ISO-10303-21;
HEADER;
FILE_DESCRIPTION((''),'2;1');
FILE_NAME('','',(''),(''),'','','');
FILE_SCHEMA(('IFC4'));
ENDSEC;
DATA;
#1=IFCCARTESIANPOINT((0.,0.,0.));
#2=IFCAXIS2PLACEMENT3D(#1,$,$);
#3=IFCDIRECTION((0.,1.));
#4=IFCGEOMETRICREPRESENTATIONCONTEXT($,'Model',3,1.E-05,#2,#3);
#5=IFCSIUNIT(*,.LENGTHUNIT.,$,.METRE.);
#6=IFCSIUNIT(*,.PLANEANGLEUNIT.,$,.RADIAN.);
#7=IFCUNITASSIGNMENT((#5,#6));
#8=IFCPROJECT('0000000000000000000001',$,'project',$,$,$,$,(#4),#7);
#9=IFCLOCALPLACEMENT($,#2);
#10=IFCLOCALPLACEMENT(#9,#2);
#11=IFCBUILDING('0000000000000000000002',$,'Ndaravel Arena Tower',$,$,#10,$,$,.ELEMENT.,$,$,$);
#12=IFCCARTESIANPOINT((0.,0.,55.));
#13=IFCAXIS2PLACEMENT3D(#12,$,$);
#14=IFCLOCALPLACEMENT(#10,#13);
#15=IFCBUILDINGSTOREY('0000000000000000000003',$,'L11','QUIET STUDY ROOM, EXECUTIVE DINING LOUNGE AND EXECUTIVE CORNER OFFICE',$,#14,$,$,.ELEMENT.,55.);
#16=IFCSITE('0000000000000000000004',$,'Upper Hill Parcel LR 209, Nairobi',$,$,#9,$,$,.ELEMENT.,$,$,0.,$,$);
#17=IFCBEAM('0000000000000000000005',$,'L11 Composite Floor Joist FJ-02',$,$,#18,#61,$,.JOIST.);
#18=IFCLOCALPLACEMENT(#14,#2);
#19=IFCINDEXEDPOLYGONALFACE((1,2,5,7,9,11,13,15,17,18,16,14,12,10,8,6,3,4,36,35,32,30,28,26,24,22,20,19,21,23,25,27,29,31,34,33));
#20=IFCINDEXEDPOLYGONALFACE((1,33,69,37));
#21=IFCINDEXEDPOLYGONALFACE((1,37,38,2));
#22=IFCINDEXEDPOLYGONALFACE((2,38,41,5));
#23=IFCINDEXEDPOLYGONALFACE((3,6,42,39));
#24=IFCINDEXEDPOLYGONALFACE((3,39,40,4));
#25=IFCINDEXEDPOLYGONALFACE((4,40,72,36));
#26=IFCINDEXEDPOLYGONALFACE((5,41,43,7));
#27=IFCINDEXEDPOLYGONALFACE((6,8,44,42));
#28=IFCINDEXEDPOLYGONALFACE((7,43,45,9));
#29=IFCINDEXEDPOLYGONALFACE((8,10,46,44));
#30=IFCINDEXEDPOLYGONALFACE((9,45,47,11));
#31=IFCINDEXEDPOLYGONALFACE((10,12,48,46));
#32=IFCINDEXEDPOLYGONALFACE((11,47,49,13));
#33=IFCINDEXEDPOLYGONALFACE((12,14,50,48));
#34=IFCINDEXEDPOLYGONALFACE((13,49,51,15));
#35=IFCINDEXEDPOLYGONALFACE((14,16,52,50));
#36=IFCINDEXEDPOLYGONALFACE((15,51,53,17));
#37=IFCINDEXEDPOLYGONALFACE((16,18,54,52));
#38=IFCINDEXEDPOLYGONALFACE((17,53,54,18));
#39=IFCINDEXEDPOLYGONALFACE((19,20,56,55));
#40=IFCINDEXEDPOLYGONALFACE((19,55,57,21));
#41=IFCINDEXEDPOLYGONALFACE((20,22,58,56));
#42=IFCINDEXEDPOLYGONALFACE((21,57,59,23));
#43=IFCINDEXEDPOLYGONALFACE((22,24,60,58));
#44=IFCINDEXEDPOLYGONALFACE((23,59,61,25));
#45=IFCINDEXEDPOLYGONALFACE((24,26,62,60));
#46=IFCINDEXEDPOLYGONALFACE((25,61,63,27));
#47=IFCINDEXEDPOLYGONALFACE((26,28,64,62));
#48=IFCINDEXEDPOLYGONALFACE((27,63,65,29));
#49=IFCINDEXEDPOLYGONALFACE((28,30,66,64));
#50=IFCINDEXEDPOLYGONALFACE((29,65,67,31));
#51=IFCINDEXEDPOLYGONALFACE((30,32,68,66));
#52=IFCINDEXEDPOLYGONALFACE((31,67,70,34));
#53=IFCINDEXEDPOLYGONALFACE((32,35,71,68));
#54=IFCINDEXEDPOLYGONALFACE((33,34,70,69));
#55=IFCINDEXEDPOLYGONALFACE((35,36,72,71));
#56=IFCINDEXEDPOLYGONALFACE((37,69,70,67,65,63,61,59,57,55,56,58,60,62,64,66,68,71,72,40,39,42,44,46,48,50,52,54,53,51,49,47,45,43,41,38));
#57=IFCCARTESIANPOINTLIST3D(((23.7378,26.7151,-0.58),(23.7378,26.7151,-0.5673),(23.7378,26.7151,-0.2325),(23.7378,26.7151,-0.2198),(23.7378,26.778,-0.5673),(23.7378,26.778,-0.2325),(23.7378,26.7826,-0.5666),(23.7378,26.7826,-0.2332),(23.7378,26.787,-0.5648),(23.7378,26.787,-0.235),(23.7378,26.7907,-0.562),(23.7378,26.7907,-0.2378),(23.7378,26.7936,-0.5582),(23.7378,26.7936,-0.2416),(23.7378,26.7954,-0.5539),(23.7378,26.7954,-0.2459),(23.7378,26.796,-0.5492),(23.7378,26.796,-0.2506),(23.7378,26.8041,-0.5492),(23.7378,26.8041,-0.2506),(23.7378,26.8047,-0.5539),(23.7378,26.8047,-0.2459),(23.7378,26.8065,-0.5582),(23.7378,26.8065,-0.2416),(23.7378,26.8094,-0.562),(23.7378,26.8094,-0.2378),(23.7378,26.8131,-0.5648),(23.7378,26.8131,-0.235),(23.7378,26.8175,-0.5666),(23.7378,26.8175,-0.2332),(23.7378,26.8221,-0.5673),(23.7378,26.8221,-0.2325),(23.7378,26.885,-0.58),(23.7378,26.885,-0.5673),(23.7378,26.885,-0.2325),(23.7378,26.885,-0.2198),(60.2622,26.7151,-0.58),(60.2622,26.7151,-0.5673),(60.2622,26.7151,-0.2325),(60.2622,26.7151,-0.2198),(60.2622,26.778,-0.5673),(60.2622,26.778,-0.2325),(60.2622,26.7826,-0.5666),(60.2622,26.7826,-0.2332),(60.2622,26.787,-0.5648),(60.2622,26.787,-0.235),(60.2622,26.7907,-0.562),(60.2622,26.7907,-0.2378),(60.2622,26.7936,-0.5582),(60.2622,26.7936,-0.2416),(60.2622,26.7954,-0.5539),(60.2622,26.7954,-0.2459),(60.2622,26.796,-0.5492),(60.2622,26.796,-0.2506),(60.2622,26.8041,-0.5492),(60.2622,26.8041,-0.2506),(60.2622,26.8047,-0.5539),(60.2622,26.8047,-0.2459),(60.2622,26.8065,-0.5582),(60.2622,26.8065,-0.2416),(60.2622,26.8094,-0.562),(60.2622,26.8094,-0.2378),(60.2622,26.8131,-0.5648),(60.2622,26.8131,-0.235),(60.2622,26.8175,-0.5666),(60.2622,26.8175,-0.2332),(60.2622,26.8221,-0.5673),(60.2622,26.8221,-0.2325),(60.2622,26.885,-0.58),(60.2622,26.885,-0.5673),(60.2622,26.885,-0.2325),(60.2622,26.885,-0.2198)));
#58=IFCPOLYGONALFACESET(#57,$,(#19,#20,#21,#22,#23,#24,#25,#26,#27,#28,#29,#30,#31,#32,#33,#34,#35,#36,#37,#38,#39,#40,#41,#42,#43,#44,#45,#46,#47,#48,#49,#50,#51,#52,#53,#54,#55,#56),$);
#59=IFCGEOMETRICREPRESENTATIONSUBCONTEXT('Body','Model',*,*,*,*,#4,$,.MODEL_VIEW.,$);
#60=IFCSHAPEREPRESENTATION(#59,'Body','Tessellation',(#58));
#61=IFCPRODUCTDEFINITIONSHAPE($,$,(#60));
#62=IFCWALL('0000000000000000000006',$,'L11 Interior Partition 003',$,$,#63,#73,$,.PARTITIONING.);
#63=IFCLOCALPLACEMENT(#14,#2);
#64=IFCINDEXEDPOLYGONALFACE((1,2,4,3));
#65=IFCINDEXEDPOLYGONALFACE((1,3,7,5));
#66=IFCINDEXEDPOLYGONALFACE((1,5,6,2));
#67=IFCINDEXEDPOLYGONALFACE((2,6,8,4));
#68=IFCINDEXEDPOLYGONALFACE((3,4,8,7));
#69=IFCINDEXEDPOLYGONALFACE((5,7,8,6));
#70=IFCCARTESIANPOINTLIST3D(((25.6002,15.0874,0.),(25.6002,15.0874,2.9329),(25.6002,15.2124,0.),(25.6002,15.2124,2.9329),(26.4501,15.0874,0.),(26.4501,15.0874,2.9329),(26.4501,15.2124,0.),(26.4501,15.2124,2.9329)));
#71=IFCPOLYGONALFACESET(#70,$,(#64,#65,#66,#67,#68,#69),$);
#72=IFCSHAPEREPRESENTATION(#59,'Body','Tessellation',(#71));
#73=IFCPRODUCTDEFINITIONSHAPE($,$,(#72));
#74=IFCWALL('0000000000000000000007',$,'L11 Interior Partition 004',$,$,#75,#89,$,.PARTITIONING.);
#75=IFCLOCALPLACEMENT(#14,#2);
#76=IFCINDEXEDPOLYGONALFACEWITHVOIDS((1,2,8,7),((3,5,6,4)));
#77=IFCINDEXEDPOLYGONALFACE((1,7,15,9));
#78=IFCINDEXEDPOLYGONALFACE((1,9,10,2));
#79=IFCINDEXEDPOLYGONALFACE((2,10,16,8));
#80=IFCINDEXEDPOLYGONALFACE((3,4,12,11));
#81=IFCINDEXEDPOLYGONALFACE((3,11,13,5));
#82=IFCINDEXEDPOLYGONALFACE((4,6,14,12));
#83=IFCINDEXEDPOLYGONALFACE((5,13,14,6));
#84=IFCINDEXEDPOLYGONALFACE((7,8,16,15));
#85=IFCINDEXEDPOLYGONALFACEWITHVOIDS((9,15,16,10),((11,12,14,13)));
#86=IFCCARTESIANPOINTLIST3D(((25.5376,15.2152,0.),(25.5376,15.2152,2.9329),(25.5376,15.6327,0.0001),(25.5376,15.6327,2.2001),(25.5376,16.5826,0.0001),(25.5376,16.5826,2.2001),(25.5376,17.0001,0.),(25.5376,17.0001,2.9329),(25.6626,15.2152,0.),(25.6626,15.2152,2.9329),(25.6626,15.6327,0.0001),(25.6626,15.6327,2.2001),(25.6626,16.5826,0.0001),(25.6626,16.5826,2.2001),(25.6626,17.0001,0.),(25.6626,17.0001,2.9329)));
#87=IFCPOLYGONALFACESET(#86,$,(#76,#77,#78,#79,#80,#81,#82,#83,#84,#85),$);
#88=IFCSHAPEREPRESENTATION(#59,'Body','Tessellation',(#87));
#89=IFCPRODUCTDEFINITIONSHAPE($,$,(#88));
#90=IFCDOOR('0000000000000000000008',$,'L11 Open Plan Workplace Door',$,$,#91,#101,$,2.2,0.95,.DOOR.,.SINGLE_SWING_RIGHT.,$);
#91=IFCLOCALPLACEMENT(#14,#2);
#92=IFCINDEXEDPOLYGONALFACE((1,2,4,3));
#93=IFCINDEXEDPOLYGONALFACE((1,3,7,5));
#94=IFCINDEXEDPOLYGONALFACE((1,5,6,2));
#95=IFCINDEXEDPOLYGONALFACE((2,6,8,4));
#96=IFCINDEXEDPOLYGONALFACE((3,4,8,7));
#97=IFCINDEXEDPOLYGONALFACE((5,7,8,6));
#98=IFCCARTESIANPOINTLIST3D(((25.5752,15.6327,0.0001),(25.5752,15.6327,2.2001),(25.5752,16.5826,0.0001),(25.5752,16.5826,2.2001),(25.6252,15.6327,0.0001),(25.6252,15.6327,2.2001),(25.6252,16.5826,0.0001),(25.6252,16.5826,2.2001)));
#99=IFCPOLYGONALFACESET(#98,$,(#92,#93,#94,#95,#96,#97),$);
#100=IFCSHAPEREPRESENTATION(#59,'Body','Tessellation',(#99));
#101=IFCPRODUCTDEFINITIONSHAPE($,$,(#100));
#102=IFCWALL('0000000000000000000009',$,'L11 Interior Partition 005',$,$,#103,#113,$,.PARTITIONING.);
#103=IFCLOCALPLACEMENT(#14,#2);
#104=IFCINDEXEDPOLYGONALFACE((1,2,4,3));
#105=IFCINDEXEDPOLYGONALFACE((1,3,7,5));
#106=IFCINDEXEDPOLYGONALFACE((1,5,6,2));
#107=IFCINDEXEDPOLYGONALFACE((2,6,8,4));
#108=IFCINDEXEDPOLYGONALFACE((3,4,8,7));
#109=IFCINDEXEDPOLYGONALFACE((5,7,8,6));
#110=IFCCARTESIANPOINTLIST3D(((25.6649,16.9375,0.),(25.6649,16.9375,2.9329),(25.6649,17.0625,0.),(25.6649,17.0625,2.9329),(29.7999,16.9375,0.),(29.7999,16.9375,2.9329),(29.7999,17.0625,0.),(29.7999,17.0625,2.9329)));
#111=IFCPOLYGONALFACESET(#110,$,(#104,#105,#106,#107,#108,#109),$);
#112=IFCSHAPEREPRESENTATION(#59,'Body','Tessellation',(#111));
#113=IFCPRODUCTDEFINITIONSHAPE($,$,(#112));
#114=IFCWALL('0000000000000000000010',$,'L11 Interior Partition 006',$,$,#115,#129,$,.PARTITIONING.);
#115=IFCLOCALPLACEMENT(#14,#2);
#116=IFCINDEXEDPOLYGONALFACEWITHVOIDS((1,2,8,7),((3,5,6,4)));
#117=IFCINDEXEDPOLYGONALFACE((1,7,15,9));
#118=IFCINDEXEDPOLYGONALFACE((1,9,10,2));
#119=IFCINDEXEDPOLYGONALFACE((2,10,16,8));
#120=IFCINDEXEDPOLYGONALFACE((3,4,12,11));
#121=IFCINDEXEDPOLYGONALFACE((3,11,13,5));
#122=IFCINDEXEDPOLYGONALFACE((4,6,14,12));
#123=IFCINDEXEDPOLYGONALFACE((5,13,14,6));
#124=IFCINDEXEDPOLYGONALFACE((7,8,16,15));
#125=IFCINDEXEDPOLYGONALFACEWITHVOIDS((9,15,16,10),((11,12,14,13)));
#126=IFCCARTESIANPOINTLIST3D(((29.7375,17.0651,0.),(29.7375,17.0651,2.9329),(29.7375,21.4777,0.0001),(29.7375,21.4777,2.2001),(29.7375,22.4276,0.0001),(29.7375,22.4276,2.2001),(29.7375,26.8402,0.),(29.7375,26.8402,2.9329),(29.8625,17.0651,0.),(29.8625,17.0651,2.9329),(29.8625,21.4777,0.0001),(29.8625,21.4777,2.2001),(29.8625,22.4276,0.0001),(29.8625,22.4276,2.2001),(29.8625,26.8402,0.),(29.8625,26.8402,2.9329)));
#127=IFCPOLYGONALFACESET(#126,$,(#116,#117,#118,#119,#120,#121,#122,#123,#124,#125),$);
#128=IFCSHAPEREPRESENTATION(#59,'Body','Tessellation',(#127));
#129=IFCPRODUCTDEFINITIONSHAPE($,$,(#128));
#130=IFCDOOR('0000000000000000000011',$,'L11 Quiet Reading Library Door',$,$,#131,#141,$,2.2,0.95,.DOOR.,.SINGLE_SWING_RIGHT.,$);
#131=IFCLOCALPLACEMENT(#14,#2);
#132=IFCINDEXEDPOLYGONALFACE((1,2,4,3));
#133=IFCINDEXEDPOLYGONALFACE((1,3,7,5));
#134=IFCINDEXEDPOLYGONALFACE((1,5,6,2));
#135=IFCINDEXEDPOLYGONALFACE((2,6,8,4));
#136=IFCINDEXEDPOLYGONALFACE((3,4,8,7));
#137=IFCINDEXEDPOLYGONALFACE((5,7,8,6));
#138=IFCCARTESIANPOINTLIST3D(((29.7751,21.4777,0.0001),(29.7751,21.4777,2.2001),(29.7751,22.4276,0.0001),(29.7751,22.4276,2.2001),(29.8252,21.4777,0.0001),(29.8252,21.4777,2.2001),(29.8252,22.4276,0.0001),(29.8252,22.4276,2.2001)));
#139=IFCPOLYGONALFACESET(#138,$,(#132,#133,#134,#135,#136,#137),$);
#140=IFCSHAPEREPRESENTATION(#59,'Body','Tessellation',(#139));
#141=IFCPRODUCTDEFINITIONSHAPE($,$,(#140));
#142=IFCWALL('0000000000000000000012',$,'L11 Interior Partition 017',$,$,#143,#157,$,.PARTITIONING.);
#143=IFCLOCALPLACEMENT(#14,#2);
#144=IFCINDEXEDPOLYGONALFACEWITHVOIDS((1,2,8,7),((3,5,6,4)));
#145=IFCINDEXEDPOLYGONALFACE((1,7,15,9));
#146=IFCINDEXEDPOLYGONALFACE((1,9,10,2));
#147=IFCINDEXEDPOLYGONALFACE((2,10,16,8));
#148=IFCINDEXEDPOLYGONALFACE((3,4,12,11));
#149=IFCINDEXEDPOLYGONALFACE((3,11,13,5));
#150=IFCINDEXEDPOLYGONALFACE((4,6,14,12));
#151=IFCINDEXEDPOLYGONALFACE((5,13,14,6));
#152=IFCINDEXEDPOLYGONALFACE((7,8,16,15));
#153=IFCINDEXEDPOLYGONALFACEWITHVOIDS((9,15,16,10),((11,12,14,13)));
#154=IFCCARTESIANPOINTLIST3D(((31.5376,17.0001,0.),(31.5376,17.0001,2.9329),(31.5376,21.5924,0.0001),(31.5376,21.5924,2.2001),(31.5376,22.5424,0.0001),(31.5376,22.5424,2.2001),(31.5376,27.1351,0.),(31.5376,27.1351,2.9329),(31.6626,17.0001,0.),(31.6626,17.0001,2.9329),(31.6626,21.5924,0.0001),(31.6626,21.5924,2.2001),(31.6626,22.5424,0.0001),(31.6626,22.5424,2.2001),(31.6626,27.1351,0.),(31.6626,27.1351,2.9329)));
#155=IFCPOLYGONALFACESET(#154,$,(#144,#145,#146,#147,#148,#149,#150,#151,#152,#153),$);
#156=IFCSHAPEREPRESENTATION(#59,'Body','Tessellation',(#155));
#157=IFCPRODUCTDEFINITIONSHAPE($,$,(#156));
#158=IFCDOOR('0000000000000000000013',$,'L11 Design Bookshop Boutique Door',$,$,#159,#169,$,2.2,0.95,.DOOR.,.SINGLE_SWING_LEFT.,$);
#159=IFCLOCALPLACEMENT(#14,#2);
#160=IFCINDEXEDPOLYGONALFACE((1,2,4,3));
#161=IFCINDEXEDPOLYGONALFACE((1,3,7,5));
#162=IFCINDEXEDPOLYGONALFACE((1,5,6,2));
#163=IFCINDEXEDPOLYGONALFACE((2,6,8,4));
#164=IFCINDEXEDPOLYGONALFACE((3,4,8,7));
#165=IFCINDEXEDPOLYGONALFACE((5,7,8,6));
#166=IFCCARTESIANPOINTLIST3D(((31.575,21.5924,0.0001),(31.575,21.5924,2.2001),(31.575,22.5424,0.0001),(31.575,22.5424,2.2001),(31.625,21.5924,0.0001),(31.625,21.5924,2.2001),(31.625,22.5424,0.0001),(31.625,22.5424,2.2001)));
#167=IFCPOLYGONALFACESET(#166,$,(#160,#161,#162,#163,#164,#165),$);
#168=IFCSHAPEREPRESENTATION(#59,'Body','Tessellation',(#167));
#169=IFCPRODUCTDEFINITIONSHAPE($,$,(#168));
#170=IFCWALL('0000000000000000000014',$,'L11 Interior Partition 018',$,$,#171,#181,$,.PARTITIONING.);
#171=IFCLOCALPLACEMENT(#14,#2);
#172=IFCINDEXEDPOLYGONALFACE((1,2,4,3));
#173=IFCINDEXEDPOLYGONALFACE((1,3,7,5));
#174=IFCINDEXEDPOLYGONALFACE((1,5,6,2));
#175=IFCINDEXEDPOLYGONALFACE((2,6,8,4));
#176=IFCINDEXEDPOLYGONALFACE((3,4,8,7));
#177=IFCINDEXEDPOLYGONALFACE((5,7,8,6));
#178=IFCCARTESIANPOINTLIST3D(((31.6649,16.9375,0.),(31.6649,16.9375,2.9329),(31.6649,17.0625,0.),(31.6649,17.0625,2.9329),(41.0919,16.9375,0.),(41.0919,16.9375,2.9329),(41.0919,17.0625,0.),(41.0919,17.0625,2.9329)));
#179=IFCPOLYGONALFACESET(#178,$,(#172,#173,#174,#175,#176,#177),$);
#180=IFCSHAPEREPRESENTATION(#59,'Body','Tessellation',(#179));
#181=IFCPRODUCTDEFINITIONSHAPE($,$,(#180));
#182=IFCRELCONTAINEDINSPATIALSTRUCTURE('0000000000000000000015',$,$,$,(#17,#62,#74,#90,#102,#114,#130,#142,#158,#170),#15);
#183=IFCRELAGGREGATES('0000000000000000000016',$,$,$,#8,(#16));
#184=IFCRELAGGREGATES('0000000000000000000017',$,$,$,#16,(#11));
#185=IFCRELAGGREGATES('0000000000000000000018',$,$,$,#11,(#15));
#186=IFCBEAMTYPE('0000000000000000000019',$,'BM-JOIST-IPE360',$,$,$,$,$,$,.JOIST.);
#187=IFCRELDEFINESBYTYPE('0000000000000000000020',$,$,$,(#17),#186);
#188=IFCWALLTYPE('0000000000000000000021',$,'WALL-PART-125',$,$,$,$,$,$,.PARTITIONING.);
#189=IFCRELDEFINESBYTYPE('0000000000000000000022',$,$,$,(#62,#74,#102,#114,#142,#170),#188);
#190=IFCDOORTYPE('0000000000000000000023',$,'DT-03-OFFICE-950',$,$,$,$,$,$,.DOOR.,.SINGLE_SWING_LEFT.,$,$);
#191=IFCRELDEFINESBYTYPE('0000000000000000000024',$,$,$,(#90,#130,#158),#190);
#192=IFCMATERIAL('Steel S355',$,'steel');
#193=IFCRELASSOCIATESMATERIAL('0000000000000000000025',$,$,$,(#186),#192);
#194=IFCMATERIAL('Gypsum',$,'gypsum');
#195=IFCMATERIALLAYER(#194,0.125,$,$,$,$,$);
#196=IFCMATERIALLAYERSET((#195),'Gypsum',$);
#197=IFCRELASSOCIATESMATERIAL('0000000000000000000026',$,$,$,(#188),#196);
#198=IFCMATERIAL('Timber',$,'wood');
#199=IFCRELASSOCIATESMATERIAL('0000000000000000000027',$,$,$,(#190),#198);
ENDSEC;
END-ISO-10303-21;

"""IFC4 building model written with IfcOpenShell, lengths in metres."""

from ifc_helpers import new_model, si_unit, direction, frame, frame_2d, origin, origin_2d, place, context, subcontext, project, spatial, rectangle, i_section, extrude, material, layer, layer_set, material_profile, profile_set, type_object, element, fill, save


model = new_model("IFC4")

# Units and contexts
model_context = context("Model", 3, precision=1e-05, world=origin(), true_north=direction((0.0, 1.0)))
body_context = subcontext(model_context, "Body", "Model", "MODEL_VIEW")
ifc_project = project(units=[si_unit("LENGTHUNIT", "METRE"), si_unit("PLANEANGLEUNIT", "RADIAN")], contexts=[model_context])

# Site, building, storey
site_placement = place(None, origin())
site = spatial("IfcSite", under=ifc_project, at=site_placement, Name="Upper Hill Parcel LR 209, Nairobi", CompositionType="ELEMENT", RefElevation=0.0)
building_placement = place(site_placement, origin())
building = spatial("IfcBuilding", under=site, at=building_placement, Name="Ndaravel Arena Tower", CompositionType="ELEMENT")
storey_placement = place(building_placement, frame((0.0, 0.0, 55.0)))
storey = spatial("IfcBuildingStorey", under=building, at=storey_placement, Name="L11", Description="QUIET STUDY ROOM, EXECUTIVE DINING LOUNGE AND EXECUTIVE CORNER OFFICE", CompositionType="ELEMENT", Elevation=55.0)

# Beam
ifc_material_1 = material(Name="Steel S355", Category="steel")
ifc_material_profile_1 = material_profile(ifc_material_1, i_section(OverallWidth=0.1699, OverallDepth=0.3601, WebThickness=0.0081, FlangeThickness=0.0127, FilletRadius=0.0181, at=origin_2d()), Name="IPE 360")
ifc_profile_set_1 = profile_set([ifc_material_profile_1], Name="Steel S355")
beam_type_1 = type_object("IfcBeamType", Name="BM-JOIST-IPE360", PredefinedType="JOIST", material=ifc_profile_set_1)
beam_1_placement = place(storey_placement, frame((23.7378, 26.8, -0.3999), z_axis=(1.0, 0.0, 0.0), x_axis=(0.0, 1.0, 0.0)))
element("IfcBeam", 1, at=beam_1_placement, inside=storey, type_object=beam_type_1, Name="L11 Composite Floor Joist FJ-02", PredefinedType="JOIST", context=body_context, shape_type="SweptSolid", body=[
    extrude(i_section(OverallWidth=0.1699, OverallDepth=0.3601, WebThickness=0.0081, FlangeThickness=0.0127, FilletRadius=0.0181, at=origin_2d()), origin(), (0.0, 0.0, 1.0), 36.5244),
])

# Wall
ifc_material_2 = material(Name="Gypsum", Category="gypsum")
ifc_layer_1 = layer(ifc_material_2, 0.125)
ifc_layer_set_1 = layer_set([ifc_layer_1], Name="Gypsum")
wall_type_1 = type_object("IfcWallType", Name="WALL-PART-125", PredefinedType="PARTITIONING", material=ifc_layer_set_1)
wall_1_placement = place(storey_placement, frame((26.45, 15.1499, 0.0), z_axis=(0.0, 0.0, 1.0), x_axis=(-1.0, 0.0, 0.0)))
element("IfcWall", 2, at=wall_1_placement, inside=storey, type_object=wall_type_1, Name="L11 Interior Partition 003", PredefinedType="PARTITIONING", context=body_context, shape_type="SweptSolid", body=[
    extrude(rectangle(XDim=0.8499, YDim=0.125, at=frame_2d((0.4248, 0.0))), origin(), (0.0, 0.0, 1.0), 2.9329),
])

# Wall, opening, door
wall_2_placement = place(storey_placement, frame((25.6001, 15.2151, 0.0), z_axis=(0.0, 0.0, 1.0), x_axis=(0.0, 1.0, 0.0)))
wall_2 = element("IfcWall", 3, at=wall_2_placement, inside=storey, type_object=wall_type_1, Name="L11 Interior Partition 004", PredefinedType="PARTITIONING", context=body_context, shape_type="SweptSolid", body=[
    extrude(rectangle(XDim=1.7849, YDim=0.125, at=frame_2d((0.8926, 0.0))), origin(), (0.0, 0.0, 1.0), 2.9329),
])
opening_1_placement = place(wall_2_placement, frame((0.4175, 0.0, 0.0)))
opening_1 = element("IfcOpeningElement", 4, at=opening_1_placement, cuts=wall_2, PredefinedType="OPENING", context=body_context, shape_type="SweptSolid", body=[
    extrude(rectangle(XDim=0.95, YDim=2.2, at=frame_2d((0.4751, 1.1001))), frame((0.0, 0.0625, 0.0), z_axis=(0.0, -1.0, 0.0), x_axis=(1.0, 0.0, 0.0)), (0.0, 0.0, 1.0), 0.125),
])
ifc_material_3 = material(Name="Timber", Category="wood")
door_type_1 = type_object("IfcDoorType", Name="DT-03-OFFICE-950", OperationType="SINGLE_SWING_LEFT", PredefinedType="DOOR", material=ifc_material_3)
door_1_placement = place(opening_1_placement, origin())
door_1 = element("IfcDoor", 5, at=door_1_placement, inside=storey, type_object=door_type_1, Name="L11 Open Plan Workplace Door", OperationType="SINGLE_SWING_RIGHT", OverallHeight=2.2, OverallWidth=0.95, PredefinedType="DOOR", context=body_context, shape_type="SweptSolid", body=[
    extrude(rectangle(XDim=0.95, YDim=2.2, at=frame_2d((0.4751, 1.1001))), frame((0.0, 0.0249, 0.0), z_axis=(0.0, -1.0, 0.0), x_axis=(1.0, 0.0, 0.0)), (0.0, 0.0, 1.0), 0.05),
])
fill(opening_1, door_1)

# Wall
wall_3_placement = place(storey_placement, frame((25.665, 17.0, 0.0), z_axis=(0.0, 0.0, 1.0), x_axis=(1.0, 0.0, 0.0)))
element("IfcWall", 6, at=wall_3_placement, inside=storey, type_object=wall_type_1, Name="L11 Interior Partition 005", PredefinedType="PARTITIONING", context=body_context, shape_type="SweptSolid", body=[
    extrude(rectangle(XDim=4.135, YDim=0.125, at=frame_2d((2.0674, 0.0))), origin(), (0.0, 0.0, 1.0), 2.9329),
])

# Walls, openings, doors
wall_4_placement = place(storey_placement, frame((29.8, 17.0649, 0.0), z_axis=(0.0, 0.0, 1.0), x_axis=(0.0, 1.0, 0.0)))
wall_4 = element("IfcWall", 7, at=wall_4_placement, inside=storey, type_object=wall_type_1, Name="L11 Interior Partition 006", PredefinedType="PARTITIONING", context=body_context, shape_type="SweptSolid", body=[
    extrude(rectangle(XDim=9.7751, YDim=0.125, at=frame_2d((4.8877, 0.0))), origin(), (0.0, 0.0, 1.0), 2.9329),
])
opening_2_placement = place(wall_4_placement, frame((4.4126, 0.0, 0.0)))
opening_2 = element("IfcOpeningElement", 8, at=opening_2_placement, cuts=wall_4, PredefinedType="OPENING", context=body_context, shape_type="SweptSolid", body=[
    extrude(rectangle(XDim=0.95, YDim=2.2, at=frame_2d((0.4751, 1.1001))), frame((0.0, 0.0625, 0.0), z_axis=(0.0, -1.0, 0.0), x_axis=(1.0, 0.0, 0.0)), (0.0, 0.0, 1.0), 0.125),
])
door_2_placement = place(opening_2_placement, origin())
door_2 = element("IfcDoor", 9, at=door_2_placement, inside=storey, type_object=door_type_1, Name="L11 Quiet Reading Library Door", OperationType="SINGLE_SWING_RIGHT", OverallHeight=2.2, OverallWidth=0.95, PredefinedType="DOOR", context=body_context, shape_type="SweptSolid", body=[
    extrude(rectangle(XDim=0.95, YDim=2.2, at=frame_2d((0.4751, 1.1001))), frame((0.0, 0.0249, 0.0), z_axis=(0.0, -1.0, 0.0), x_axis=(1.0, 0.0, 0.0)), (0.0, 0.0, 1.0), 0.05),
])
fill(opening_2, door_2)
wall_5_placement = place(storey_placement, frame((31.6001, 27.135, 0.0), z_axis=(0.0, 0.0, 1.0), x_axis=(0.0, -1.0, 0.0)))
wall_5 = element("IfcWall", 10, at=wall_5_placement, inside=storey, type_object=wall_type_1, Name="L11 Interior Partition 017", PredefinedType="PARTITIONING", context=body_context, shape_type="SweptSolid", body=[
    extrude(rectangle(XDim=10.135, YDim=0.125, at=frame_2d((5.0674, 0.0))), origin(), (0.0, 0.0, 1.0), 2.9329),
])
opening_3_placement = place(wall_5_placement, frame((4.5925, 0.0, 0.0)))
opening_3 = element("IfcOpeningElement", 11, at=opening_3_placement, cuts=wall_5, PredefinedType="OPENING", context=body_context, shape_type="SweptSolid", body=[
    extrude(rectangle(XDim=0.95, YDim=2.2, at=frame_2d((0.4751, 1.1001))), frame((0.0, 0.0625, 0.0), z_axis=(0.0, -1.0, 0.0), x_axis=(1.0, 0.0, 0.0)), (0.0, 0.0, 1.0), 0.125),
])
door_3_placement = place(opening_3_placement, origin())
door_3 = element("IfcDoor", 12, at=door_3_placement, inside=storey, type_object=door_type_1, Name="L11 Design Bookshop Boutique Door", OperationType="SINGLE_SWING_LEFT", OverallHeight=2.2, OverallWidth=0.95, PredefinedType="DOOR", context=body_context, shape_type="SweptSolid", body=[
    extrude(rectangle(XDim=0.95, YDim=2.2, at=frame_2d((0.4751, 1.1001))), frame((0.0, 0.0249, 0.0), z_axis=(0.0, -1.0, 0.0), x_axis=(1.0, 0.0, 0.0)), (0.0, 0.0, 1.0), 0.05),
])
fill(opening_3, door_3)

# Wall
wall_6_placement = place(storey_placement, frame((31.665, 17.0, 0.0), z_axis=(0.0, 0.0, 1.0), x_axis=(1.0, 0.0, 0.0)))
element("IfcWall", 13, at=wall_6_placement, inside=storey, type_object=wall_type_1, Name="L11 Interior Partition 018", PredefinedType="PARTITIONING", context=body_context, shape_type="SweptSolid", body=[
    extrude(rectangle(XDim=9.427, YDim=0.125, at=frame_2d((4.7134, 0.0))), origin(), (0.0, 0.0, 1.0), 2.9329),
])

save(model, "model.ifc")
